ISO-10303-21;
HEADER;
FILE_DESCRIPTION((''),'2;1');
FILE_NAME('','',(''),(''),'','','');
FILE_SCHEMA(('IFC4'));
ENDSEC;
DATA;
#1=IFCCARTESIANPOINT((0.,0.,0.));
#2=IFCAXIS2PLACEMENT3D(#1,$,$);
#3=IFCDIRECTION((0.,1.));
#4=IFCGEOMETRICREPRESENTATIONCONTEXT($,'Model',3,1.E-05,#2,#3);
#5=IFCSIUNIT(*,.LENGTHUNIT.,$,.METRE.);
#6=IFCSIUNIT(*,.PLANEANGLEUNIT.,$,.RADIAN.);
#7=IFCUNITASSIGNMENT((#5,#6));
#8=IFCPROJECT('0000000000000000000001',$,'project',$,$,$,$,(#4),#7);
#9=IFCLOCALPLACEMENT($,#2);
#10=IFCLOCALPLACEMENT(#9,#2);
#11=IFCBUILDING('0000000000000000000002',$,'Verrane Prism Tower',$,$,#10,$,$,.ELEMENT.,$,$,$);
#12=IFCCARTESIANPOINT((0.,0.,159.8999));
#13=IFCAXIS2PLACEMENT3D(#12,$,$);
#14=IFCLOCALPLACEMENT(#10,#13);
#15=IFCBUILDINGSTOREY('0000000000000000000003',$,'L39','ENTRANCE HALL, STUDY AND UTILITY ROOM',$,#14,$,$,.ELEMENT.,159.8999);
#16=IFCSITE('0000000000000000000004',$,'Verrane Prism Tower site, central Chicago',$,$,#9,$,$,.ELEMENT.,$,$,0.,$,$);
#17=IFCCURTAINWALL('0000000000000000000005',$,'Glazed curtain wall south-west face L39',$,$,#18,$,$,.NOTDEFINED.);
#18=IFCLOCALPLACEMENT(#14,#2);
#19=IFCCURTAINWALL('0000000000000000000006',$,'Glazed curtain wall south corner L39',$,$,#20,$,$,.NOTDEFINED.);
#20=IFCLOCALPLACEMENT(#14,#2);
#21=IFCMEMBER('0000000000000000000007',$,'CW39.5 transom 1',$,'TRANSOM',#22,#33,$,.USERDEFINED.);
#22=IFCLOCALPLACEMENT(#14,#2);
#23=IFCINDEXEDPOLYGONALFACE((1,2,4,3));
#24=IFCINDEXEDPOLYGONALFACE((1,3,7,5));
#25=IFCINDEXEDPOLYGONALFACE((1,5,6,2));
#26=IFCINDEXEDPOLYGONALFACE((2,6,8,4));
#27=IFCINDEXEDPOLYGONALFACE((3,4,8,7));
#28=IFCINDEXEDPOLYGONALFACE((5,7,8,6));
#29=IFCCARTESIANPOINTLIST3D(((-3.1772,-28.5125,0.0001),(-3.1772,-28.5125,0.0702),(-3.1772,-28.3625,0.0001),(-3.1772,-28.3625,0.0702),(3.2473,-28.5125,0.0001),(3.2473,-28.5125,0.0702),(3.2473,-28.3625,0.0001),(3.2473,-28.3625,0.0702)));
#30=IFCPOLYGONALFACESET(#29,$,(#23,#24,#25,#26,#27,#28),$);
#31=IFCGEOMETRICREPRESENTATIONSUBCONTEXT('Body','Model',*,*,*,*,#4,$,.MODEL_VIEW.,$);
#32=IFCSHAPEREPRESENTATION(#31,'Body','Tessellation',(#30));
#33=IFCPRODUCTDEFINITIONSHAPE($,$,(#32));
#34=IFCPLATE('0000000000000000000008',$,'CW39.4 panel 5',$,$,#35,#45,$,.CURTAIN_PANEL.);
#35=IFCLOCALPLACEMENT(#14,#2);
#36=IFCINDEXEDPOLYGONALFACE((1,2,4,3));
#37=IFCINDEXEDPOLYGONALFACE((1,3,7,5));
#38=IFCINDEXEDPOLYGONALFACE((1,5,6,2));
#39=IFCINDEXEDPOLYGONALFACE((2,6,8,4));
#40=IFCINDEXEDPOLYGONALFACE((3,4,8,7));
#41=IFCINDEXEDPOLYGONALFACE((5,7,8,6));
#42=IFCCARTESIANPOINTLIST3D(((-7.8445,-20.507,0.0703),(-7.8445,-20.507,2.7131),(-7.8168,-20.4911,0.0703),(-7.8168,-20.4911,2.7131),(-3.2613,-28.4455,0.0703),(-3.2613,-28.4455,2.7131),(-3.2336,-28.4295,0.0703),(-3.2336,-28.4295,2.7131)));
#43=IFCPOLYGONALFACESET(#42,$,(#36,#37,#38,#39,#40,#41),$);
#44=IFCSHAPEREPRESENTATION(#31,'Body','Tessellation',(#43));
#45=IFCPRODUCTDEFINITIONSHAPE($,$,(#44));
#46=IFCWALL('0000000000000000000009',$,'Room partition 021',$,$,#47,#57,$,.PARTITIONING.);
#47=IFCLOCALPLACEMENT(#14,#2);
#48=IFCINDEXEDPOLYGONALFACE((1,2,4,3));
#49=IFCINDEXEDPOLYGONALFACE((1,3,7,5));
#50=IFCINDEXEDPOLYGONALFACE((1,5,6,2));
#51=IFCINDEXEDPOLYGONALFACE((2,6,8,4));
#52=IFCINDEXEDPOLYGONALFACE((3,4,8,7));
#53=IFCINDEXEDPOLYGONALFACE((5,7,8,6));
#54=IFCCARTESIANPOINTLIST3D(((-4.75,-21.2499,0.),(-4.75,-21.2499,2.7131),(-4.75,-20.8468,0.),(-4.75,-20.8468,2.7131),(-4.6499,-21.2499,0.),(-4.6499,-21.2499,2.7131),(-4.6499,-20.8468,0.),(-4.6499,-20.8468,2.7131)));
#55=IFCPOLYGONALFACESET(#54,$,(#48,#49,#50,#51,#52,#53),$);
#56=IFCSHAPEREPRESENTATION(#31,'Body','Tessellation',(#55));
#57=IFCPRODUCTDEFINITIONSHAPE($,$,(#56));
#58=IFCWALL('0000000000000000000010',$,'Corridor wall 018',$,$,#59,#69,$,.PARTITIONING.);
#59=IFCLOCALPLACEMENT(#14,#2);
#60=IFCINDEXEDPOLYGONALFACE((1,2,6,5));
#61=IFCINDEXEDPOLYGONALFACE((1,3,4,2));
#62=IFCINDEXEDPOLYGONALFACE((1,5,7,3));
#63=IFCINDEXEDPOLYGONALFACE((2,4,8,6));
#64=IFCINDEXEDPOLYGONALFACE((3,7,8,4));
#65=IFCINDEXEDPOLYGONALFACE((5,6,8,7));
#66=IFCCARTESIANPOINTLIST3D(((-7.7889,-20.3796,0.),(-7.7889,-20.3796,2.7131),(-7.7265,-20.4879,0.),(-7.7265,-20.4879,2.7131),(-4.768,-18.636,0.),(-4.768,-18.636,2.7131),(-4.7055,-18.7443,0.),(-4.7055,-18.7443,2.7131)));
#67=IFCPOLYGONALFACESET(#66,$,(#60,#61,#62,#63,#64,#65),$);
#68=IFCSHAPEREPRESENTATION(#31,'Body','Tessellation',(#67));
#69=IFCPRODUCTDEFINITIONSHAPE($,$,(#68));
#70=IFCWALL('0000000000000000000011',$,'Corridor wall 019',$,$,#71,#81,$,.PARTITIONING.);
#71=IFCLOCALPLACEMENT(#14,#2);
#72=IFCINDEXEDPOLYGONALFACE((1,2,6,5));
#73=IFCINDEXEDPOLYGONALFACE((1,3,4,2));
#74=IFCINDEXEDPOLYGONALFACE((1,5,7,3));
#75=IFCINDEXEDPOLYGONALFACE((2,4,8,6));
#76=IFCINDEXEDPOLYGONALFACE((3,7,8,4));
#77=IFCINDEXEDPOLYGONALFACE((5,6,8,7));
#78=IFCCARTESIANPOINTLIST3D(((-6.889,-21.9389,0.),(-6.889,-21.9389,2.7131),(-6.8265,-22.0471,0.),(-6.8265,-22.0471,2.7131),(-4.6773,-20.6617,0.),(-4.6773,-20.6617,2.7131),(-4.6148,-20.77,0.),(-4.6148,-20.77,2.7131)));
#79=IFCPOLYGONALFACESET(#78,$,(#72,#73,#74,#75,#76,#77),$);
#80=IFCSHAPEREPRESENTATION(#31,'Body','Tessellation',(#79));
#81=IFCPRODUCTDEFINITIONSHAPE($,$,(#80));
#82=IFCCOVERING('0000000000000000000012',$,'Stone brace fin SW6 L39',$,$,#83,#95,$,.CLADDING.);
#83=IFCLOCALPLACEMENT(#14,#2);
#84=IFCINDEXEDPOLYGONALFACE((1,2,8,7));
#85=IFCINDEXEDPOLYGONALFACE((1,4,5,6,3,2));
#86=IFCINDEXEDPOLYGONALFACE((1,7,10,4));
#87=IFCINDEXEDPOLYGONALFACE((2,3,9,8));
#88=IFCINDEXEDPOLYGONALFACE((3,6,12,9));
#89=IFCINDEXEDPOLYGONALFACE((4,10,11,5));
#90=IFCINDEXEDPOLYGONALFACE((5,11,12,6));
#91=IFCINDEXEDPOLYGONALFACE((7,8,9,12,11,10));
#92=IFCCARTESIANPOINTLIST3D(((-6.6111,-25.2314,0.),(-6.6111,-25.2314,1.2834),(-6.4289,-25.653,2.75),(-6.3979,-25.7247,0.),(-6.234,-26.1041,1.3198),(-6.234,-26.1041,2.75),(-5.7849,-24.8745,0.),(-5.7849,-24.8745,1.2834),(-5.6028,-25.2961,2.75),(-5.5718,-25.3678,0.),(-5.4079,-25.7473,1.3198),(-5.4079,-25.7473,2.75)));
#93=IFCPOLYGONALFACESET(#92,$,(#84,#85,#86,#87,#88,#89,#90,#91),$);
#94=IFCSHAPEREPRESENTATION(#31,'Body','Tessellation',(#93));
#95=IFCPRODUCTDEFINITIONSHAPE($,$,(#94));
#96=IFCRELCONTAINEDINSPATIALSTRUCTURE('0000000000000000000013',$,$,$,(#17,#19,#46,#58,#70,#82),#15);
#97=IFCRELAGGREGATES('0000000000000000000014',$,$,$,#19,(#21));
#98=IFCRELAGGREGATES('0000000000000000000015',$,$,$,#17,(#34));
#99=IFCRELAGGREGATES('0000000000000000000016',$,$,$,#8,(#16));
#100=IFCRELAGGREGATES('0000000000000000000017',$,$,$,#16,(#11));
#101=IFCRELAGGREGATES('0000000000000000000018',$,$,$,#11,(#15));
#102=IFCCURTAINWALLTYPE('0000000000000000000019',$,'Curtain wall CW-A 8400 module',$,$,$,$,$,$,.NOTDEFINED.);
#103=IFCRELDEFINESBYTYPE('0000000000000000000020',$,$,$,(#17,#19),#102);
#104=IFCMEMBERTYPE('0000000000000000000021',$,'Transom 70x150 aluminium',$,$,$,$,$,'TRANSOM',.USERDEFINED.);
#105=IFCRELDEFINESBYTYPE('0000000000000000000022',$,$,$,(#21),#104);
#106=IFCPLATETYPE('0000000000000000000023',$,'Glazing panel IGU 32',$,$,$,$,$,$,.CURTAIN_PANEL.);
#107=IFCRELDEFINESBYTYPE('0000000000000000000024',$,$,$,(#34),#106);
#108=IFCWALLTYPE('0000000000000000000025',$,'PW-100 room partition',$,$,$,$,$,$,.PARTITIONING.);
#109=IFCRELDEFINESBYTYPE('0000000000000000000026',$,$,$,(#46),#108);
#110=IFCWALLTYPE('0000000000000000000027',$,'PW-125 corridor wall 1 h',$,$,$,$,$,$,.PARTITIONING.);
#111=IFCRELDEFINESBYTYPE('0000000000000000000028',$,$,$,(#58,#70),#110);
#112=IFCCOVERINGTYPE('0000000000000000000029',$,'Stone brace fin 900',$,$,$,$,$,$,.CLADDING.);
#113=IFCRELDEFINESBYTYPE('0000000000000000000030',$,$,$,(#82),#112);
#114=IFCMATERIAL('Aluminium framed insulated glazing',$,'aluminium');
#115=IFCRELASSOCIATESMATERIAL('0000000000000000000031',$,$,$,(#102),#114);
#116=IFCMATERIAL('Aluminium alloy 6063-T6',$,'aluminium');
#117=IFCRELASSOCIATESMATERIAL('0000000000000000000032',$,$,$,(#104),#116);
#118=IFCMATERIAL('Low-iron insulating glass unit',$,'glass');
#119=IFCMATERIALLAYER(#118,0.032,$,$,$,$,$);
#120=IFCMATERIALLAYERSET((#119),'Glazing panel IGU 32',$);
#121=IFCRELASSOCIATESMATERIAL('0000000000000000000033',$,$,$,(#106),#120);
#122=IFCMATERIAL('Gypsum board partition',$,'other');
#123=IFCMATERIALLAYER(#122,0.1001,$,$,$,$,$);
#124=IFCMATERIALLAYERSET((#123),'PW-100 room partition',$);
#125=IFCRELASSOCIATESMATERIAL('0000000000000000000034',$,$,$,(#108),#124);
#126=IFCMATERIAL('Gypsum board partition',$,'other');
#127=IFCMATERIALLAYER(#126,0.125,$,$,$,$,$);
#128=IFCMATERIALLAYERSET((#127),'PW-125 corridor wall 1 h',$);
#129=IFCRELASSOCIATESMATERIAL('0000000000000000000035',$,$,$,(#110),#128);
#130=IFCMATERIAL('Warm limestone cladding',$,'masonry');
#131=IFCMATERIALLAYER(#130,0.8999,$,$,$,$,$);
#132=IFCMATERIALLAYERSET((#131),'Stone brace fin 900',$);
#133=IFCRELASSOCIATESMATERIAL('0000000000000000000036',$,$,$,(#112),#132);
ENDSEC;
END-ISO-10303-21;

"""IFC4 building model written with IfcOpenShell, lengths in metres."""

from ifc_helpers import new_model, si_unit, direction, frame, frame_2d, origin, origin_2d, place, context, subcontext, project, spatial, polyline, rectangle, outline, extrude, material, layer, layer_set, material_profile, profile_set, type_object, element, aggregate, save


model = new_model("IFC4")

# Units and contexts
model_context = context("Model", 3, precision=1e-05, world=origin(), true_north=direction((0.0, 1.0)))
body_context = subcontext(model_context, "Body", "Model", "MODEL_VIEW")
ifc_project = project(units=[si_unit("LENGTHUNIT", "METRE"), si_unit("PLANEANGLEUNIT", "RADIAN")], contexts=[model_context])

# Site, building, storey
site_placement = place(None, origin())
site = spatial("IfcSite", under=ifc_project, at=site_placement, Name="Verrane Prism Tower site, central Chicago", CompositionType="ELEMENT", RefElevation=0.0)
building_placement = place(site_placement, origin())
building = spatial("IfcBuilding", under=site, at=building_placement, Name="Verrane Prism Tower", CompositionType="ELEMENT")
storey_placement = place(building_placement, frame((0.0, 0.0, 159.8999)))
storey = spatial("IfcBuildingStorey", under=building, at=storey_placement, Name="L39", Description="ENTRANCE HALL, STUDY AND UTILITY ROOM", CompositionType="ELEMENT", Elevation=159.8999)

# Curtain walls
ifc_material_1 = material(Name="Aluminium framed insulated glazing", Category="aluminium")
curtain_wall_type = type_object("IfcCurtainWallType", Name="Curtain wall CW-A 8400 module", PredefinedType="NOTDEFINED", material=ifc_material_1)
curtain_wall_1_placement = place(storey_placement, origin())
curtain_wall_1 = element("IfcCurtainWall", 1, at=curtain_wall_1_placement, inside=storey, type_object=curtain_wall_type, Name="Glazed curtain wall south-west face L39", PredefinedType="NOTDEFINED")
curtain_wall_2_placement = place(storey_placement, origin())
curtain_wall_2 = element("IfcCurtainWall", 2, at=curtain_wall_2_placement, inside=storey, type_object=curtain_wall_type, Name="Glazed curtain wall south corner L39", PredefinedType="NOTDEFINED")

# Member
ifc_material_2 = material(Name="Aluminium alloy 6063-T6", Category="aluminium")
ifc_material_profile_1 = material_profile(ifc_material_2, rectangle(XDim=0.1499, YDim=0.0701, at=origin_2d()), Name="Transom 70x150 aluminium")
ifc_profile_set_1 = profile_set([ifc_material_profile_1], Name="Aluminium alloy 6063-T6")
member_type_1 = type_object("IfcMemberType", Name="Transom 70x150 aluminium", ElementType="TRANSOM", PredefinedType="USERDEFINED", material=ifc_profile_set_1)
member_1_placement = place(storey_placement, frame((-3.1772, -28.4375, 0.0352), z_axis=(1.0, 0.0, 0.0), x_axis=(0.0, 1.0, 0.0)))
member_1 = element("IfcMember", 3, at=member_1_placement, type_object=member_type_1, Name="CW39.5 transom 1", ObjectType="TRANSOM", PredefinedType="USERDEFINED", context=body_context, shape_type="SweptSolid", body=[
    extrude(rectangle(XDim=0.1499, YDim=0.0701, at=origin_2d()), origin(), (0.0, 0.0, 1.0), 6.4246),
])
aggregate(curtain_wall_2, [member_1])

# Plate
ifc_material_3 = material(Name="Low-iron insulating glass unit", Category="glass")
ifc_layer_1 = layer(ifc_material_3, 0.032)
ifc_layer_set_1 = layer_set([ifc_layer_1], Name="Glazing panel IGU 32")
plate_type = type_object("IfcPlateType", Name="Glazing panel IGU 32", PredefinedType="CURTAIN_PANEL", material=ifc_layer_set_1)
plate_placement = place(storey_placement, frame((-5.5391, -24.4683, 0.0703), z_axis=(0.0, 0.0, 1.0), x_axis=(0.499999, -0.866026, 0.0)))
plate = element("IfcPlate", 4, at=plate_placement, type_object=plate_type, Name="CW39.4 panel 5", PredefinedType="CURTAIN_PANEL", context=body_context, shape_type="SweptSolid", body=[
    extrude(rectangle(XDim=9.1665, YDim=0.032, at=origin_2d()), origin(), (0.0, 0.0, 1.0), 2.6428),
])
aggregate(curtain_wall_1, [plate])

# Walls
ifc_material_4 = material(Name="Gypsum board partition", Category="other")
ifc_layer_2 = layer(ifc_material_4, 0.1001)
ifc_layer_set_2 = layer_set([ifc_layer_2], Name="PW-100 room partition")
wall_type_1 = type_object("IfcWallType", Name="PW-100 room partition", PredefinedType="PARTITIONING", material=ifc_layer_set_2)
wall_1_placement = place(storey_placement, frame((-4.7, -21.25, 0.0), z_axis=(0.0, 0.0, 1.0), x_axis=(0.0, 1.0, 0.0)))
element("IfcWall", 5, at=wall_1_placement, inside=storey, type_object=wall_type_1, Name="Room partition 021", PredefinedType="PARTITIONING", context=body_context, shape_type="SweptSolid", body=[
    extrude(rectangle(XDim=0.4031, YDim=0.1001, at=frame_2d((0.2017, 0.0))), origin(), (0.0, 0.0, 1.0), 2.7131),
])
ifc_material_5 = material(Name="Gypsum board partition", Category="other")
ifc_layer_3 = layer(ifc_material_5, 0.125)
ifc_layer_set_3 = layer_set([ifc_layer_3], Name="PW-125 corridor wall 1 h")
wall_type_2 = type_object("IfcWallType", Name="PW-125 corridor wall 1 h", PredefinedType="PARTITIONING", material=ifc_layer_set_3)
wall_2_placement = place(storey_placement, frame((-7.7578, -20.4338, 0.0), z_axis=(0.0, 0.0, 1.0), x_axis=(0.86609, 0.499888, 0.0)))
element("IfcWall", 6, at=wall_2_placement, inside=storey, type_object=wall_type_2, Name="Corridor wall 018", PredefinedType="PARTITIONING", context=body_context, shape_type="SweptSolid", body=[
    extrude(rectangle(XDim=3.488, YDim=0.125, at=frame_2d((1.7441, 0.0))), origin(), (0.0, 0.0, 1.0), 2.7131),
])
wall_3_placement = place(storey_placement, frame((-6.8577, -21.9929, 0.0), z_axis=(0.0, 0.0, 1.0), x_axis=(0.865993, 0.500056, 0.0)))
element("IfcWall", 7, at=wall_3_placement, inside=storey, type_object=wall_type_2, Name="Corridor wall 019", PredefinedType="PARTITIONING", context=body_context, shape_type="SweptSolid", body=[
    extrude(rectangle(XDim=2.554, YDim=0.125, at=frame_2d((1.2769, 0.0))), origin(), (0.0, 0.0, 1.0), 2.7131),
])

# Covering
ifc_material_6 = material(Name="Warm limestone cladding", Category="masonry")
ifc_layer_4 = layer(ifc_material_6, 0.8999)
ifc_layer_set_4 = layer_set([ifc_layer_4], Name="Stone brace fin 900")
covering_type = type_object("IfcCoveringType", Name="Stone brace fin 900", PredefinedType="CLADDING", material=ifc_layer_set_4)
covering_placement = place(storey_placement, frame((-6.198, -25.053, 0.0), z_axis=(0.0, 0.0, 1.0), x_axis=(0.396584, -0.917999, 0.0)))
element("IfcCovering", 8, at=covering_placement, inside=storey, type_object=covering_type, Name="Stone brace fin SW6 L39", PredefinedType="CLADDING", context=body_context, shape_type="SweptSolid", body=[
    extrude(outline(polyline([(0.9507, 2.75), (0.4592, 2.75), (0.0, 1.2834), (0.0, 0.0), (0.5374, 0.0), (0.9507, 1.3198), (0.9507, 2.75)])), frame((0.0, 0.45, 0.0), z_axis=(0.0, -1.0, 0.0), x_axis=(1.0, 0.0, 0.0)), (0.0, 0.0, 1.0), 0.8999),
])

save(model, "model.ifc")
